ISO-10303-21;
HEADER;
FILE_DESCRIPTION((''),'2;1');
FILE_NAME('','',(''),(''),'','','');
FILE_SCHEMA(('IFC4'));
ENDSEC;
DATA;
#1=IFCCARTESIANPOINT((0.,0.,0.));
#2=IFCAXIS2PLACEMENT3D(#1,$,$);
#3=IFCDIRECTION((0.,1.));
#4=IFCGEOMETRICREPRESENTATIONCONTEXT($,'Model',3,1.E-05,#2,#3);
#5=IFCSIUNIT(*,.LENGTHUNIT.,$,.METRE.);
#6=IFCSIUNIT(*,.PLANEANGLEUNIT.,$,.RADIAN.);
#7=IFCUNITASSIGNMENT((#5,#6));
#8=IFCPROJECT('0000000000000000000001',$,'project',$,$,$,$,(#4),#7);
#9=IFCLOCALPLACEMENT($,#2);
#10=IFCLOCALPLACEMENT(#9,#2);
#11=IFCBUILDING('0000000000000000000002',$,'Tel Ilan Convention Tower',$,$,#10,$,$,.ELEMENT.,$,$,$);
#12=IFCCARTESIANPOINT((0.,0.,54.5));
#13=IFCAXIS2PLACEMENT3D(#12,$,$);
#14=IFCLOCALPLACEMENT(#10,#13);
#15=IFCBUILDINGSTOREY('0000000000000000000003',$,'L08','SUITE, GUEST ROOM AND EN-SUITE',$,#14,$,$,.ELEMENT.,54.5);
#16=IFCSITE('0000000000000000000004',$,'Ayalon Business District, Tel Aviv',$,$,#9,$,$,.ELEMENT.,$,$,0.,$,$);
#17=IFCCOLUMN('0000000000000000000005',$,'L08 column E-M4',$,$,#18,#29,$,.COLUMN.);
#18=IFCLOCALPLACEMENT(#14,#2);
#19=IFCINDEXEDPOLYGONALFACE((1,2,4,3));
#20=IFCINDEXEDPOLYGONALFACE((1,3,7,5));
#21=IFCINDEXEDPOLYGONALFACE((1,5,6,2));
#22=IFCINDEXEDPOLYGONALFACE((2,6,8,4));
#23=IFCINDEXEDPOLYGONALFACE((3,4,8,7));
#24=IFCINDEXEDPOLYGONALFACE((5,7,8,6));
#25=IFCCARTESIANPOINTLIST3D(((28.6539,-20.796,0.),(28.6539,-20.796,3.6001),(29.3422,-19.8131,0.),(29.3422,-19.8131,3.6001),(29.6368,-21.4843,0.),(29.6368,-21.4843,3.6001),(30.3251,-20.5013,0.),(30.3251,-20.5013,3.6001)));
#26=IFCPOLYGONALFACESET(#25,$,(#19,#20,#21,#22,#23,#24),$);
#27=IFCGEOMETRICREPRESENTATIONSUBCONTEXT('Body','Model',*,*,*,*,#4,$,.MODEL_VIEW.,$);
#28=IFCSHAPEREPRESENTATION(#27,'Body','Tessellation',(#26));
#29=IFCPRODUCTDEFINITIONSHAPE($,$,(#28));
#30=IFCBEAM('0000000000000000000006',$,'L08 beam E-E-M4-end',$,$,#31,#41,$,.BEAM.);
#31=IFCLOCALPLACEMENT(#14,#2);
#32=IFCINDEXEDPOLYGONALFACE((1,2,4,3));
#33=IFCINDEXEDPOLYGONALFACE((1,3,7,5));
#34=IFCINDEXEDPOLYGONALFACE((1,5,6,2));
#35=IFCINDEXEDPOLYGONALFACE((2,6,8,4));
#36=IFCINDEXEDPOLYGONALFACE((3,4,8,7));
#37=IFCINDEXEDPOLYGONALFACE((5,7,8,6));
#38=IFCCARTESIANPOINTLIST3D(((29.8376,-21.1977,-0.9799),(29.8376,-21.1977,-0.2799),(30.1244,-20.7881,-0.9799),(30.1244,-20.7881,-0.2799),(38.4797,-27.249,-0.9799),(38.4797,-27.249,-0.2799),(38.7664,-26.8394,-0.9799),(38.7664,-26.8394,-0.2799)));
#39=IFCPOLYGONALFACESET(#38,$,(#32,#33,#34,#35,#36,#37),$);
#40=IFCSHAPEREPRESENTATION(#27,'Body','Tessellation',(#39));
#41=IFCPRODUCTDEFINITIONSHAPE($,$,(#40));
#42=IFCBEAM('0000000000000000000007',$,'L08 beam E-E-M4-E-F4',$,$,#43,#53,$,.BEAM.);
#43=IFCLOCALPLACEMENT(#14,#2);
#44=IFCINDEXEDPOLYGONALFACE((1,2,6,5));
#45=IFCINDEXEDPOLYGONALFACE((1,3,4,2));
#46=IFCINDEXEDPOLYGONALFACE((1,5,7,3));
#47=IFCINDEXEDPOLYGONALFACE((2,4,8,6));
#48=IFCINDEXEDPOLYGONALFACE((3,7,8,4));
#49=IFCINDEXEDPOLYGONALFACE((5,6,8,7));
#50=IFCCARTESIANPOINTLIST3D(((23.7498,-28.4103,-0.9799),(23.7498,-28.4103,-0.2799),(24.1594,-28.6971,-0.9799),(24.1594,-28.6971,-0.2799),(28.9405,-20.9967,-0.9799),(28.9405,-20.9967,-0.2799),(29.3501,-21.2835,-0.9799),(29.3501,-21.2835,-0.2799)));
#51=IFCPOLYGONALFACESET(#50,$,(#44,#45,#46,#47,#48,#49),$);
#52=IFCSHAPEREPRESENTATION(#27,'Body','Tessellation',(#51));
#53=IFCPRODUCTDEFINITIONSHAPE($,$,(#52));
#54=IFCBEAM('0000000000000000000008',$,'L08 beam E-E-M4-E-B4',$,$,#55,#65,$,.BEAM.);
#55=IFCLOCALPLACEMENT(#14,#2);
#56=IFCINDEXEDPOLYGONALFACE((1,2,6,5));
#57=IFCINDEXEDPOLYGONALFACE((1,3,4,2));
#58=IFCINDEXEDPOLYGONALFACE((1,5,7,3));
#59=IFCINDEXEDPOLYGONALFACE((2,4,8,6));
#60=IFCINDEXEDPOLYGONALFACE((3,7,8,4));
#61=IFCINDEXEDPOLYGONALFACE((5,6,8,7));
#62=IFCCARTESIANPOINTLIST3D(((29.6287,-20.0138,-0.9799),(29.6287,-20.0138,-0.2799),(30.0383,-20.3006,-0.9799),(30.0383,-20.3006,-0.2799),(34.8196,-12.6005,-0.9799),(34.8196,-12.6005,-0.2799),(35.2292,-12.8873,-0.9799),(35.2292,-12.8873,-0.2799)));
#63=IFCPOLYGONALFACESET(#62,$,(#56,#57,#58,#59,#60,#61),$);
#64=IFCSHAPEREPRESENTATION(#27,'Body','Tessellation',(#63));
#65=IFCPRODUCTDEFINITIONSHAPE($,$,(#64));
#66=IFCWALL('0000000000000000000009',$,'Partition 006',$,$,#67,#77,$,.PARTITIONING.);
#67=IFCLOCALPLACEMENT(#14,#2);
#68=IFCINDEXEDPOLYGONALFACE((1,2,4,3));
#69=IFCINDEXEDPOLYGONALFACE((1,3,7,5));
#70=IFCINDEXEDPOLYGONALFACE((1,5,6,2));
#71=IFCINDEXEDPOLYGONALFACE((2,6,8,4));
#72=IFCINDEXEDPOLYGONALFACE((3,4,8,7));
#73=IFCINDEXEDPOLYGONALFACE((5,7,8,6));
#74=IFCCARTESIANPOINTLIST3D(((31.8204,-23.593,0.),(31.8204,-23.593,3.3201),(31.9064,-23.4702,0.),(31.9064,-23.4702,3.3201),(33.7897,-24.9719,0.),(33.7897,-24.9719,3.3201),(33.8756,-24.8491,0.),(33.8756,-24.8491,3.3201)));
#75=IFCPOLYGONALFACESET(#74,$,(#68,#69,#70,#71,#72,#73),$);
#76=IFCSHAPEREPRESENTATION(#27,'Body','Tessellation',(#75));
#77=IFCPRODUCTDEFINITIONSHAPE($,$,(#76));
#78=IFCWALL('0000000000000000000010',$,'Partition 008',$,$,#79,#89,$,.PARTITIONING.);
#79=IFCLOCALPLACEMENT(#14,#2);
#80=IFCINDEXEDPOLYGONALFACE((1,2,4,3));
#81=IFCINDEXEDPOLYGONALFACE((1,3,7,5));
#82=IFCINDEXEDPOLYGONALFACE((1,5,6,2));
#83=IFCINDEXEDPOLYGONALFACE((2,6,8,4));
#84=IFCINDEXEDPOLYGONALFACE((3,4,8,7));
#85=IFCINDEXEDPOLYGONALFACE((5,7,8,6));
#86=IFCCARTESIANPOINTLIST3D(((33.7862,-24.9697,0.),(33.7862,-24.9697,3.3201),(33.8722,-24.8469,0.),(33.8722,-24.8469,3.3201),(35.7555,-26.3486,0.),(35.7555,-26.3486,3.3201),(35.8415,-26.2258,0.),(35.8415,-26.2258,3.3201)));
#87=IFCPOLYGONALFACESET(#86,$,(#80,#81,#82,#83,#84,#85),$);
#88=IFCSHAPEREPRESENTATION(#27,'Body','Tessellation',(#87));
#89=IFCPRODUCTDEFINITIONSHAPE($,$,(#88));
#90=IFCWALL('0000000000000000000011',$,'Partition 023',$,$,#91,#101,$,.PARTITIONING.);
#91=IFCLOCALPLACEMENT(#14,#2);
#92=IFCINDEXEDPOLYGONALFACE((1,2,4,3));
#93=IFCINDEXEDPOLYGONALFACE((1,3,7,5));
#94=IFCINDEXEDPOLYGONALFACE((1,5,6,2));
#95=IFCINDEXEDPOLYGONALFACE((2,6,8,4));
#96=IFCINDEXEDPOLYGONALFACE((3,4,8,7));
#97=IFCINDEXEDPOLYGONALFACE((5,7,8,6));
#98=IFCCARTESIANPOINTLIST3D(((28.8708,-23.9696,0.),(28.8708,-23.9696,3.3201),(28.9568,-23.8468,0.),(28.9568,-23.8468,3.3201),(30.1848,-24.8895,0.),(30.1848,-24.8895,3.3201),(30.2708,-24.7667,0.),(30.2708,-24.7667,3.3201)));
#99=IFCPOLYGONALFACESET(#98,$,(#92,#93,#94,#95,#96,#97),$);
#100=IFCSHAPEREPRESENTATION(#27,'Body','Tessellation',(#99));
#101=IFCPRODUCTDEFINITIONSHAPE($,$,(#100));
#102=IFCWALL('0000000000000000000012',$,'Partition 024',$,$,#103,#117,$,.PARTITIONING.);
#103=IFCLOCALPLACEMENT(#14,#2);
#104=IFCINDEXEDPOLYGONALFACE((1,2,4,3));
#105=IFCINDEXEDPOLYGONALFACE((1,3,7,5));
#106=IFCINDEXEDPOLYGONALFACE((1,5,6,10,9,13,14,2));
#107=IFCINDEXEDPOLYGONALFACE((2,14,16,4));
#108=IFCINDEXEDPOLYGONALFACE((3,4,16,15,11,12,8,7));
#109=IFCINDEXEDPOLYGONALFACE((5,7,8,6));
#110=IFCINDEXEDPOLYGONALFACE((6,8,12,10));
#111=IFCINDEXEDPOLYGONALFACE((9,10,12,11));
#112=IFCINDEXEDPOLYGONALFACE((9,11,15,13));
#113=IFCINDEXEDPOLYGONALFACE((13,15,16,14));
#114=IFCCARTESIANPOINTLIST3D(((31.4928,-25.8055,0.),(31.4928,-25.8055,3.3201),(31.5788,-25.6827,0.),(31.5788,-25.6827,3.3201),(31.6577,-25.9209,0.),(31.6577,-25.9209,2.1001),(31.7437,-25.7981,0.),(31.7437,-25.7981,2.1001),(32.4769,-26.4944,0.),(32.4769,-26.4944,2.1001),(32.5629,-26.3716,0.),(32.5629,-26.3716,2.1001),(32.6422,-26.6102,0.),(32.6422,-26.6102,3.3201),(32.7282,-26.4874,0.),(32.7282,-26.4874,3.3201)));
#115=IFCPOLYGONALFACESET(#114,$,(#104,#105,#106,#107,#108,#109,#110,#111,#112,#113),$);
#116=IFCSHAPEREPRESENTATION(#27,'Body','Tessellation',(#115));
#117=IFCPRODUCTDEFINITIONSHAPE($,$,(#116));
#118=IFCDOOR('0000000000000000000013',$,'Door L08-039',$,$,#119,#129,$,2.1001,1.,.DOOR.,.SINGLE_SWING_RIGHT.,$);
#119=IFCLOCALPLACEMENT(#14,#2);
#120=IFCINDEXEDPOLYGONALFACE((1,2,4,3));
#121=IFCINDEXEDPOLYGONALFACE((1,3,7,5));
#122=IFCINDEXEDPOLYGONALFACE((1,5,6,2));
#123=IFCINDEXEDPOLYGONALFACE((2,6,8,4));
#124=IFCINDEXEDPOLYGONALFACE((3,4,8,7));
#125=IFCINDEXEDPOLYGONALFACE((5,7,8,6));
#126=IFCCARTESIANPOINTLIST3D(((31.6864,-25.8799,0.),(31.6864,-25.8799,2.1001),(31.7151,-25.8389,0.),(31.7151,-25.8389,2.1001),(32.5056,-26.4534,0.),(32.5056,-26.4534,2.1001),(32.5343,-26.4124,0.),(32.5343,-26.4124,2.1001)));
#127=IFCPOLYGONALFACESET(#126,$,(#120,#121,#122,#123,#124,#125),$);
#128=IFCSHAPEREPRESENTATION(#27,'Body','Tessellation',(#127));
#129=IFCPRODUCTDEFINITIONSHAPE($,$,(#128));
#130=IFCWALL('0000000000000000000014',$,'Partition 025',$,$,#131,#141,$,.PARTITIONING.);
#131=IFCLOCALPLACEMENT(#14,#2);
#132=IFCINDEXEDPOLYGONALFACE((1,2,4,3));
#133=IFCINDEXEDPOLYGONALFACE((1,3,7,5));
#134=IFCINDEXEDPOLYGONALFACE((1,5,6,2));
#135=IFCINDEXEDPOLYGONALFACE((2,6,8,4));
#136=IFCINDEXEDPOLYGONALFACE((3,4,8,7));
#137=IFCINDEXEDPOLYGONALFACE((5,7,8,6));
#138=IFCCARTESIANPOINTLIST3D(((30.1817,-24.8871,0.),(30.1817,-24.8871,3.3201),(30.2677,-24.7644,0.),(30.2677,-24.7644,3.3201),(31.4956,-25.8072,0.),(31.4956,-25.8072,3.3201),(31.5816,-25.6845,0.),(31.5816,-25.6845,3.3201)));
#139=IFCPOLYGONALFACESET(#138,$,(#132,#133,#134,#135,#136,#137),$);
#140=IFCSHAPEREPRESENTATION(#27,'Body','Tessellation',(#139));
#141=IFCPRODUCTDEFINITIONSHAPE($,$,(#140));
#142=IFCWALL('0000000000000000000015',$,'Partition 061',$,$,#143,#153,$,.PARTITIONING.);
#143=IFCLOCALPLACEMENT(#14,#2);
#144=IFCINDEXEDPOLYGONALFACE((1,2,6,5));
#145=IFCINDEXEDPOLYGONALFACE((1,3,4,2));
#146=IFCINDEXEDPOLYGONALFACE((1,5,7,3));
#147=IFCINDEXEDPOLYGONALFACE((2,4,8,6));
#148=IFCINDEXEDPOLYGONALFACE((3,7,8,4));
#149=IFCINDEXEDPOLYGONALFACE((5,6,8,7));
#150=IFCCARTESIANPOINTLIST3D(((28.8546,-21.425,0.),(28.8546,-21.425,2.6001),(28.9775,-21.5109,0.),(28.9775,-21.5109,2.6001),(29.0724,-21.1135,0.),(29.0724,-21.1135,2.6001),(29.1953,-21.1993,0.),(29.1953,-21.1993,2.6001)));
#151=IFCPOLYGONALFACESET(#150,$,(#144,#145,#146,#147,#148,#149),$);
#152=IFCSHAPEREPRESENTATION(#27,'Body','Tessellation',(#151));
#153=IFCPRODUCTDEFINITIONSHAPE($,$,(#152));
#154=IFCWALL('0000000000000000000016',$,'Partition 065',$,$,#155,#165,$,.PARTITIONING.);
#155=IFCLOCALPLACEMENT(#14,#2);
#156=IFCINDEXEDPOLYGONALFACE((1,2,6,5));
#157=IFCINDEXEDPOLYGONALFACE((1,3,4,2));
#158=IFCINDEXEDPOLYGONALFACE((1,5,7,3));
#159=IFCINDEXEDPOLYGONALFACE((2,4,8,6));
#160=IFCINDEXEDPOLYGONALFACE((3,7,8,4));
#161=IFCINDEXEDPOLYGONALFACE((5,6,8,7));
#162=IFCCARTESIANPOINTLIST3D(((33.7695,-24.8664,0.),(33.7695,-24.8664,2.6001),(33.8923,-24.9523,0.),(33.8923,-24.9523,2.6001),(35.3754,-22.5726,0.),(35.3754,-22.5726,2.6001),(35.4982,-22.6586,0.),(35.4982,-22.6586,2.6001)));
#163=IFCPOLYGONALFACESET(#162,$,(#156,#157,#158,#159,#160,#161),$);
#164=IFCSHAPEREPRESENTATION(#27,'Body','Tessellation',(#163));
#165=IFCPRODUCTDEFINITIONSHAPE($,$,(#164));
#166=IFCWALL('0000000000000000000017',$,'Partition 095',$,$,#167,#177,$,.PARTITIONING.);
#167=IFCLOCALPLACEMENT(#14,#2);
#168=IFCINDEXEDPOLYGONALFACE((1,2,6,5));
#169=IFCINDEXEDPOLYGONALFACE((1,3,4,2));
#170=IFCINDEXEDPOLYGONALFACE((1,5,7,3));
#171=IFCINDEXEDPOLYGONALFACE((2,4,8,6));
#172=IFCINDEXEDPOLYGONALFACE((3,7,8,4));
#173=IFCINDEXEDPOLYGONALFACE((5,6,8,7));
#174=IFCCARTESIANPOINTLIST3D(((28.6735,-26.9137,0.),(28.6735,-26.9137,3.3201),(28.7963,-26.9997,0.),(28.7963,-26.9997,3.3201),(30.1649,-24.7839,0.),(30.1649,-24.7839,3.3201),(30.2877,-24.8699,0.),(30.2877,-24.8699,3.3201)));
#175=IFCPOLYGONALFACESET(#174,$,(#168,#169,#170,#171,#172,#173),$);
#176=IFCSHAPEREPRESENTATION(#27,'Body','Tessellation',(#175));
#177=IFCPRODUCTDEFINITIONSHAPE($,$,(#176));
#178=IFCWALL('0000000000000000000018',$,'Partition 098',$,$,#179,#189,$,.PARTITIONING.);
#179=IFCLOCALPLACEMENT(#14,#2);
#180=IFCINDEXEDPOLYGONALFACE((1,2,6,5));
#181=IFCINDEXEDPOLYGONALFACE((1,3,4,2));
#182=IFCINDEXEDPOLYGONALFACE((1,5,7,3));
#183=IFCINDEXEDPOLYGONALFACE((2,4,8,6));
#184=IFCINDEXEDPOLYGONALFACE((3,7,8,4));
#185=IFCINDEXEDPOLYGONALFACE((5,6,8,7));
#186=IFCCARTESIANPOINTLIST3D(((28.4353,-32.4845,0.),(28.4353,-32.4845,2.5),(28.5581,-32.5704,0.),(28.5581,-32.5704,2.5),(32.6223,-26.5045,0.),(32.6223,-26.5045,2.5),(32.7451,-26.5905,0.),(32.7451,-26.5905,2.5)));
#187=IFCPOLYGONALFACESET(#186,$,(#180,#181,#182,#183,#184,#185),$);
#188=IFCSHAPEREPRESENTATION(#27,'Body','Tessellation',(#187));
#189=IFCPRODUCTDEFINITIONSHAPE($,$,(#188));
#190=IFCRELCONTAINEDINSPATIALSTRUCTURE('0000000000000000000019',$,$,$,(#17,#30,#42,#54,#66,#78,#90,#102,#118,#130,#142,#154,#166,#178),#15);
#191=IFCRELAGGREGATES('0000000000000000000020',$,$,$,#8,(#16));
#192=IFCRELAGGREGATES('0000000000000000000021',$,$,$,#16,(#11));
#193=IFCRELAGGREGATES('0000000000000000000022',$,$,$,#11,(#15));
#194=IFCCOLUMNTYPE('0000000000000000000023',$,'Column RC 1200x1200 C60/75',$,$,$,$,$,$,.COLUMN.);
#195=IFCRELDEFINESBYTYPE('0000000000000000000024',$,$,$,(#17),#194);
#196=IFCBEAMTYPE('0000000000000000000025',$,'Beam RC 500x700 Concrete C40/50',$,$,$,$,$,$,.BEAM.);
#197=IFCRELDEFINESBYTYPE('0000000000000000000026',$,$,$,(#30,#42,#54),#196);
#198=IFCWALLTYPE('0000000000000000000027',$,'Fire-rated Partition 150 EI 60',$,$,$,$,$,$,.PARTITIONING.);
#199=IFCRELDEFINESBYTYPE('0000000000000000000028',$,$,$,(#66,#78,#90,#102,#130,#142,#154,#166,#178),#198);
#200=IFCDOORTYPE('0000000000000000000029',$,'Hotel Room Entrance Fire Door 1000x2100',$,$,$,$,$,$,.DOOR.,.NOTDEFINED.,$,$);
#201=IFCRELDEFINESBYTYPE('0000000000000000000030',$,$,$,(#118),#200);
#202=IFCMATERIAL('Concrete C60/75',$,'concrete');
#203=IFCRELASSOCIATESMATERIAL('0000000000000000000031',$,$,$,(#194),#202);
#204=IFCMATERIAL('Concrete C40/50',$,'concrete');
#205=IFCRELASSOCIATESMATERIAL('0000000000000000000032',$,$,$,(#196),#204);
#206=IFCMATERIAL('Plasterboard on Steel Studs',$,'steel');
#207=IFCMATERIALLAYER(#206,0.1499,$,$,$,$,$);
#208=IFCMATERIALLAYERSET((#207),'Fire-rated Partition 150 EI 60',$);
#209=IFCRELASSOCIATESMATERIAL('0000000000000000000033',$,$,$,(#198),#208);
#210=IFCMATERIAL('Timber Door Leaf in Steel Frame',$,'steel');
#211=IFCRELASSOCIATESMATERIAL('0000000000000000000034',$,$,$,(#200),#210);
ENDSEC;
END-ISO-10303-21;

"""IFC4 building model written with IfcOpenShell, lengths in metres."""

from ifc_helpers import new_model, si_unit, direction, frame, frame_2d, origin, origin_2d, place, context, subcontext, project, spatial, rectangle, extrude, material, layer, layer_set, material_profile, profile_set, type_object, element, fill, save


model = new_model("IFC4")

# Units and contexts
model_context = context("Model", 3, precision=1e-05, world=origin(), true_north=direction((0.0, 1.0)))
body_context = subcontext(model_context, "Body", "Model", "MODEL_VIEW")
ifc_project = project(units=[si_unit("LENGTHUNIT", "METRE"), si_unit("PLANEANGLEUNIT", "RADIAN")], contexts=[model_context])

# Site, building, storey
site_placement = place(None, origin())
site = spatial("IfcSite", under=ifc_project, at=site_placement, Name="Ayalon Business District, Tel Aviv", CompositionType="ELEMENT", RefElevation=0.0)
building_placement = place(site_placement, origin())
building = spatial("IfcBuilding", under=site, at=building_placement, Name="Tel Ilan Convention Tower", CompositionType="ELEMENT")
storey_placement = place(building_placement, frame((0.0, 0.0, 54.5)))
storey = spatial("IfcBuildingStorey", under=building, at=storey_placement, Name="L08", Description="SUITE, GUEST ROOM AND EN-SUITE", CompositionType="ELEMENT", Elevation=54.5)

# Column
ifc_material_1 = material(Name="Concrete C60/75", Category="concrete")
ifc_material_profile_1 = material_profile(ifc_material_1, rectangle(XDim=1.2, YDim=1.2, at=origin_2d()), Name="RC 1200x1200")
ifc_profile_set_1 = profile_set([ifc_material_profile_1], Name="Concrete C60/75")
column_type = type_object("IfcColumnType", Name="Column RC 1200x1200 C60/75", PredefinedType="COLUMN", material=ifc_profile_set_1)
column_placement = place(storey_placement, frame((29.4895, -20.6487, 0.0), z_axis=(0.0, 0.0, 1.0), x_axis=(0.819152, -0.573576, 0.0)))
element("IfcColumn", 1, at=column_placement, inside=storey, type_object=column_type, Name="L08 column E-M4", PredefinedType="COLUMN", context=body_context, shape_type="SweptSolid", body=[
    extrude(rectangle(XDim=1.2, YDim=1.2, at=origin_2d()), origin(), (0.0, 0.0, 1.0), 3.6001),
])

# Beams
ifc_material_2 = material(Name="Concrete C40/50", Category="concrete")
ifc_material_profile_2 = material_profile(ifc_material_2, rectangle(XDim=0.5, YDim=0.7, at=origin_2d()), Name="RC 500x700")
ifc_profile_set_2 = profile_set([ifc_material_profile_2], Name="Concrete C40/50")
beam_type = type_object("IfcBeamType", Name="Beam RC 500x700 Concrete C40/50", PredefinedType="BEAM", material=ifc_profile_set_2)
beam_placement = place(storey_placement, frame((29.981, -20.9929, -0.6299), z_axis=(0.819151, -0.573577, 0.0), x_axis=(0.573577, 0.819151, 0.0)))
element("IfcBeam", 2, at=beam_placement, inside=storey, type_object=beam_type, Name="L08 beam E-E-M4-end", PredefinedType="BEAM", context=body_context, shape_type="SweptSolid", body=[
    extrude(rectangle(XDim=0.5, YDim=0.7, at=origin_2d()), origin(), (0.0, 0.0, 1.0), 10.55),
])
for number, where, z_axis, x_axis, name in (
    (3, (29.1453, -21.1401, -0.6299), (-0.573549, -0.819171, 0.0), (0.819171, -0.573549, 0.0), "L08 beam E-E-M4-E-F4"),
    (4, (29.8335, -20.1572, -0.6299), (0.57358, 0.81915, 0.0), (-0.81915, 0.57358, 0.0), "L08 beam E-E-M4-E-B4"),
):
    element("IfcBeam", number, at=place(storey_placement, frame(where, z_axis=z_axis, x_axis=x_axis)), inside=storey, type_object=beam_type, Name=name, PredefinedType="BEAM", context=body_context, shape_type="SweptSolid", body=[
        extrude(rectangle(XDim=0.5, YDim=0.7, at=origin_2d()), origin(), (0.0, 0.0, 1.0), 9.05),
    ])

# Walls
ifc_material_3 = material(Name="Plasterboard on Steel Studs", Category="steel")
ifc_layer_1 = layer(ifc_material_3, 0.1499)
ifc_layer_set_1 = layer_set([ifc_layer_1], Name="Fire-rated Partition 150 EI 60")
wall_type_1 = type_object("IfcWallType", Name="Fire-rated Partition 150 EI 60", PredefinedType="PARTITIONING", material=ifc_layer_set_1)
for number, where, z_axis, x_axis, name in (
    (5, (31.8633, -23.5315, 0.0), (0.0, 0.0, 1.0), (0.819146, -0.573585, 0.0), "Partition 006"),
    (6, (33.8291, -24.9082, 0.0), (0.0, 0.0, 1.0), (0.819146, -0.573585, 0.0), "Partition 008"),
):
    element("IfcWall", number, at=place(storey_placement, frame(where, z_axis=z_axis, x_axis=x_axis)), inside=storey, type_object=wall_type_1, Name=name, PredefinedType="PARTITIONING", context=body_context, shape_type="SweptSolid", body=[
        extrude(rectangle(XDim=2.4041, YDim=0.1499, at=frame_2d((1.2021, 0.0))), origin(), (0.0, 0.0, 1.0), 3.3201),
    ])
wall_1_placement = place(storey_placement, frame((30.2278, -24.8281, 0.0), z_axis=(0.0, 0.0, 1.0), x_axis=(-0.819189, 0.573524, 0.0)))
element("IfcWall", 7, at=wall_1_placement, inside=storey, type_object=wall_type_1, Name="Partition 023", PredefinedType="PARTITIONING", context=body_context, shape_type="SweptSolid", body=[
    extrude(rectangle(XDim=1.604, YDim=0.1499, at=frame_2d((0.802, 0.0))), origin(), (0.0, 0.0, 1.0), 3.3201),
])

# Wall, opening, door
wall_2_placement = place(storey_placement, frame((32.6853, -26.5488, 0.0), z_axis=(0.0, 0.0, 1.0), x_axis=(-0.819199, 0.573509, 0.0)))
wall_2 = element("IfcWall", 8, at=wall_2_placement, inside=storey, type_object=wall_type_1, Name="Partition 024", PredefinedType="PARTITIONING", context=body_context, shape_type="SweptSolid", body=[
    extrude(rectangle(XDim=1.4031, YDim=0.1499, at=frame_2d((0.7017, 0.0))), origin(), (0.0, 0.0, 1.0), 3.3201),
])
opening_1_placement = place(wall_2_placement, frame((0.2019, 0.0, 0.0)))
opening_1 = element("IfcOpeningElement", 9, at=opening_1_placement, cuts=wall_2, PredefinedType="OPENING", context=body_context, shape_type="SweptSolid", body=[
    extrude(rectangle(XDim=1.0, YDim=2.1001, at=frame_2d((0.5, 1.05))), frame((0.0, 0.085, 0.0), z_axis=(0.0, -1.0, 0.0), x_axis=(1.0, 0.0, 0.0)), (0.0, 0.0, 1.0), 0.1699),
])
ifc_material_4 = material(Name="Timber Door Leaf in Steel Frame", Category="steel")
door_type_1 = type_object("IfcDoorType", Name="Hotel Room Entrance Fire Door 1000x2100", OperationType="NOTDEFINED", PredefinedType="DOOR", material=ifc_material_4)
door_1_placement = place(opening_1_placement, origin())
door_1 = element("IfcDoor", 10, at=door_1_placement, inside=storey, type_object=door_type_1, Name="Door L08-039", OperationType="SINGLE_SWING_RIGHT", OverallHeight=2.1001, OverallWidth=1.0, PredefinedType="DOOR", context=body_context, shape_type="SweptSolid", body=[
    extrude(rectangle(XDim=1.0, YDim=2.1001, at=frame_2d((0.5, 1.05))), frame((0.0, 0.0249, 0.0), z_axis=(0.0, -1.0, 0.0), x_axis=(1.0, 0.0, 0.0)), (0.0, 0.0, 1.0), 0.05),
])
fill(opening_1, door_1)

# Walls
wall_3_placement = place(storey_placement, frame((31.5386, -25.7458, 0.0), z_axis=(0.0, 0.0, 1.0), x_axis=(-0.819118, 0.573626, 0.0)))
element("IfcWall", 11, at=wall_3_placement, inside=storey, type_object=wall_type_1, Name="Partition 025", PredefinedType="PARTITIONING", context=body_context, shape_type="SweptSolid", body=[
    extrude(rectangle(XDim=1.604, YDim=0.1499, at=frame_2d((0.802, 0.0))), origin(), (0.0, 0.0, 1.0), 3.3201),
])
wall_4_placement = place(storey_placement, frame((29.1338, -21.1565, 0.0), z_axis=(0.0, 0.0, 1.0), x_axis=(-0.572945, -0.819594, 0.0)))
element("IfcWall", 12, at=wall_4_placement, inside=storey, type_object=wall_type_1, Name="Partition 061", PredefinedType="PARTITIONING", context=body_context, shape_type="SweptSolid", body=[
    extrude(rectangle(XDim=0.3801, YDim=0.1499, at=frame_2d((0.1899, 0.0))), origin(), (0.0, 0.0, 1.0), 2.6001),
])
wall_5_placement = place(storey_placement, frame((35.4368, -22.6157, 0.0), z_axis=(0.0, 0.0, 1.0), x_axis=(-0.57355, -0.81917, 0.0)))
element("IfcWall", 13, at=wall_5_placement, inside=storey, type_object=wall_type_1, Name="Partition 065", PredefinedType="PARTITIONING", context=body_context, shape_type="SweptSolid", body=[
    extrude(rectangle(XDim=2.8, YDim=0.1499, at=frame_2d((1.3999, 0.0))), origin(), (0.0, 0.0, 1.0), 2.6001),
])
wall_6_placement = place(storey_placement, frame((30.2263, -24.8269, 0.0), z_axis=(0.0, 0.0, 1.0), x_axis=(-0.573601, -0.819135, 0.0)))
element("IfcWall", 14, at=wall_6_placement, inside=storey, type_object=wall_type_1, Name="Partition 095", PredefinedType="PARTITIONING", context=body_context, shape_type="SweptSolid", body=[
    extrude(rectangle(XDim=2.6001, YDim=0.1499, at=frame_2d((1.3, 0.0))), origin(), (0.0, 0.0, 1.0), 3.3201),
])
wall_7_placement = place(storey_placement, frame((32.6836, -26.5476, 0.0), z_axis=(0.0, 0.0, 1.0), x_axis=(-0.573557, -0.819166, 0.0)))
element("IfcWall", 15, at=wall_7_placement, inside=storey, type_object=wall_type_1, Name="Partition 098", PredefinedType="PARTITIONING", context=body_context, shape_type="SweptSolid", body=[
    extrude(rectangle(XDim=7.3, YDim=0.1499, at=frame_2d((3.6499, 0.0))), origin(), (0.0, 0.0, 1.0), 2.5),
])

save(model, "model.ifc")
